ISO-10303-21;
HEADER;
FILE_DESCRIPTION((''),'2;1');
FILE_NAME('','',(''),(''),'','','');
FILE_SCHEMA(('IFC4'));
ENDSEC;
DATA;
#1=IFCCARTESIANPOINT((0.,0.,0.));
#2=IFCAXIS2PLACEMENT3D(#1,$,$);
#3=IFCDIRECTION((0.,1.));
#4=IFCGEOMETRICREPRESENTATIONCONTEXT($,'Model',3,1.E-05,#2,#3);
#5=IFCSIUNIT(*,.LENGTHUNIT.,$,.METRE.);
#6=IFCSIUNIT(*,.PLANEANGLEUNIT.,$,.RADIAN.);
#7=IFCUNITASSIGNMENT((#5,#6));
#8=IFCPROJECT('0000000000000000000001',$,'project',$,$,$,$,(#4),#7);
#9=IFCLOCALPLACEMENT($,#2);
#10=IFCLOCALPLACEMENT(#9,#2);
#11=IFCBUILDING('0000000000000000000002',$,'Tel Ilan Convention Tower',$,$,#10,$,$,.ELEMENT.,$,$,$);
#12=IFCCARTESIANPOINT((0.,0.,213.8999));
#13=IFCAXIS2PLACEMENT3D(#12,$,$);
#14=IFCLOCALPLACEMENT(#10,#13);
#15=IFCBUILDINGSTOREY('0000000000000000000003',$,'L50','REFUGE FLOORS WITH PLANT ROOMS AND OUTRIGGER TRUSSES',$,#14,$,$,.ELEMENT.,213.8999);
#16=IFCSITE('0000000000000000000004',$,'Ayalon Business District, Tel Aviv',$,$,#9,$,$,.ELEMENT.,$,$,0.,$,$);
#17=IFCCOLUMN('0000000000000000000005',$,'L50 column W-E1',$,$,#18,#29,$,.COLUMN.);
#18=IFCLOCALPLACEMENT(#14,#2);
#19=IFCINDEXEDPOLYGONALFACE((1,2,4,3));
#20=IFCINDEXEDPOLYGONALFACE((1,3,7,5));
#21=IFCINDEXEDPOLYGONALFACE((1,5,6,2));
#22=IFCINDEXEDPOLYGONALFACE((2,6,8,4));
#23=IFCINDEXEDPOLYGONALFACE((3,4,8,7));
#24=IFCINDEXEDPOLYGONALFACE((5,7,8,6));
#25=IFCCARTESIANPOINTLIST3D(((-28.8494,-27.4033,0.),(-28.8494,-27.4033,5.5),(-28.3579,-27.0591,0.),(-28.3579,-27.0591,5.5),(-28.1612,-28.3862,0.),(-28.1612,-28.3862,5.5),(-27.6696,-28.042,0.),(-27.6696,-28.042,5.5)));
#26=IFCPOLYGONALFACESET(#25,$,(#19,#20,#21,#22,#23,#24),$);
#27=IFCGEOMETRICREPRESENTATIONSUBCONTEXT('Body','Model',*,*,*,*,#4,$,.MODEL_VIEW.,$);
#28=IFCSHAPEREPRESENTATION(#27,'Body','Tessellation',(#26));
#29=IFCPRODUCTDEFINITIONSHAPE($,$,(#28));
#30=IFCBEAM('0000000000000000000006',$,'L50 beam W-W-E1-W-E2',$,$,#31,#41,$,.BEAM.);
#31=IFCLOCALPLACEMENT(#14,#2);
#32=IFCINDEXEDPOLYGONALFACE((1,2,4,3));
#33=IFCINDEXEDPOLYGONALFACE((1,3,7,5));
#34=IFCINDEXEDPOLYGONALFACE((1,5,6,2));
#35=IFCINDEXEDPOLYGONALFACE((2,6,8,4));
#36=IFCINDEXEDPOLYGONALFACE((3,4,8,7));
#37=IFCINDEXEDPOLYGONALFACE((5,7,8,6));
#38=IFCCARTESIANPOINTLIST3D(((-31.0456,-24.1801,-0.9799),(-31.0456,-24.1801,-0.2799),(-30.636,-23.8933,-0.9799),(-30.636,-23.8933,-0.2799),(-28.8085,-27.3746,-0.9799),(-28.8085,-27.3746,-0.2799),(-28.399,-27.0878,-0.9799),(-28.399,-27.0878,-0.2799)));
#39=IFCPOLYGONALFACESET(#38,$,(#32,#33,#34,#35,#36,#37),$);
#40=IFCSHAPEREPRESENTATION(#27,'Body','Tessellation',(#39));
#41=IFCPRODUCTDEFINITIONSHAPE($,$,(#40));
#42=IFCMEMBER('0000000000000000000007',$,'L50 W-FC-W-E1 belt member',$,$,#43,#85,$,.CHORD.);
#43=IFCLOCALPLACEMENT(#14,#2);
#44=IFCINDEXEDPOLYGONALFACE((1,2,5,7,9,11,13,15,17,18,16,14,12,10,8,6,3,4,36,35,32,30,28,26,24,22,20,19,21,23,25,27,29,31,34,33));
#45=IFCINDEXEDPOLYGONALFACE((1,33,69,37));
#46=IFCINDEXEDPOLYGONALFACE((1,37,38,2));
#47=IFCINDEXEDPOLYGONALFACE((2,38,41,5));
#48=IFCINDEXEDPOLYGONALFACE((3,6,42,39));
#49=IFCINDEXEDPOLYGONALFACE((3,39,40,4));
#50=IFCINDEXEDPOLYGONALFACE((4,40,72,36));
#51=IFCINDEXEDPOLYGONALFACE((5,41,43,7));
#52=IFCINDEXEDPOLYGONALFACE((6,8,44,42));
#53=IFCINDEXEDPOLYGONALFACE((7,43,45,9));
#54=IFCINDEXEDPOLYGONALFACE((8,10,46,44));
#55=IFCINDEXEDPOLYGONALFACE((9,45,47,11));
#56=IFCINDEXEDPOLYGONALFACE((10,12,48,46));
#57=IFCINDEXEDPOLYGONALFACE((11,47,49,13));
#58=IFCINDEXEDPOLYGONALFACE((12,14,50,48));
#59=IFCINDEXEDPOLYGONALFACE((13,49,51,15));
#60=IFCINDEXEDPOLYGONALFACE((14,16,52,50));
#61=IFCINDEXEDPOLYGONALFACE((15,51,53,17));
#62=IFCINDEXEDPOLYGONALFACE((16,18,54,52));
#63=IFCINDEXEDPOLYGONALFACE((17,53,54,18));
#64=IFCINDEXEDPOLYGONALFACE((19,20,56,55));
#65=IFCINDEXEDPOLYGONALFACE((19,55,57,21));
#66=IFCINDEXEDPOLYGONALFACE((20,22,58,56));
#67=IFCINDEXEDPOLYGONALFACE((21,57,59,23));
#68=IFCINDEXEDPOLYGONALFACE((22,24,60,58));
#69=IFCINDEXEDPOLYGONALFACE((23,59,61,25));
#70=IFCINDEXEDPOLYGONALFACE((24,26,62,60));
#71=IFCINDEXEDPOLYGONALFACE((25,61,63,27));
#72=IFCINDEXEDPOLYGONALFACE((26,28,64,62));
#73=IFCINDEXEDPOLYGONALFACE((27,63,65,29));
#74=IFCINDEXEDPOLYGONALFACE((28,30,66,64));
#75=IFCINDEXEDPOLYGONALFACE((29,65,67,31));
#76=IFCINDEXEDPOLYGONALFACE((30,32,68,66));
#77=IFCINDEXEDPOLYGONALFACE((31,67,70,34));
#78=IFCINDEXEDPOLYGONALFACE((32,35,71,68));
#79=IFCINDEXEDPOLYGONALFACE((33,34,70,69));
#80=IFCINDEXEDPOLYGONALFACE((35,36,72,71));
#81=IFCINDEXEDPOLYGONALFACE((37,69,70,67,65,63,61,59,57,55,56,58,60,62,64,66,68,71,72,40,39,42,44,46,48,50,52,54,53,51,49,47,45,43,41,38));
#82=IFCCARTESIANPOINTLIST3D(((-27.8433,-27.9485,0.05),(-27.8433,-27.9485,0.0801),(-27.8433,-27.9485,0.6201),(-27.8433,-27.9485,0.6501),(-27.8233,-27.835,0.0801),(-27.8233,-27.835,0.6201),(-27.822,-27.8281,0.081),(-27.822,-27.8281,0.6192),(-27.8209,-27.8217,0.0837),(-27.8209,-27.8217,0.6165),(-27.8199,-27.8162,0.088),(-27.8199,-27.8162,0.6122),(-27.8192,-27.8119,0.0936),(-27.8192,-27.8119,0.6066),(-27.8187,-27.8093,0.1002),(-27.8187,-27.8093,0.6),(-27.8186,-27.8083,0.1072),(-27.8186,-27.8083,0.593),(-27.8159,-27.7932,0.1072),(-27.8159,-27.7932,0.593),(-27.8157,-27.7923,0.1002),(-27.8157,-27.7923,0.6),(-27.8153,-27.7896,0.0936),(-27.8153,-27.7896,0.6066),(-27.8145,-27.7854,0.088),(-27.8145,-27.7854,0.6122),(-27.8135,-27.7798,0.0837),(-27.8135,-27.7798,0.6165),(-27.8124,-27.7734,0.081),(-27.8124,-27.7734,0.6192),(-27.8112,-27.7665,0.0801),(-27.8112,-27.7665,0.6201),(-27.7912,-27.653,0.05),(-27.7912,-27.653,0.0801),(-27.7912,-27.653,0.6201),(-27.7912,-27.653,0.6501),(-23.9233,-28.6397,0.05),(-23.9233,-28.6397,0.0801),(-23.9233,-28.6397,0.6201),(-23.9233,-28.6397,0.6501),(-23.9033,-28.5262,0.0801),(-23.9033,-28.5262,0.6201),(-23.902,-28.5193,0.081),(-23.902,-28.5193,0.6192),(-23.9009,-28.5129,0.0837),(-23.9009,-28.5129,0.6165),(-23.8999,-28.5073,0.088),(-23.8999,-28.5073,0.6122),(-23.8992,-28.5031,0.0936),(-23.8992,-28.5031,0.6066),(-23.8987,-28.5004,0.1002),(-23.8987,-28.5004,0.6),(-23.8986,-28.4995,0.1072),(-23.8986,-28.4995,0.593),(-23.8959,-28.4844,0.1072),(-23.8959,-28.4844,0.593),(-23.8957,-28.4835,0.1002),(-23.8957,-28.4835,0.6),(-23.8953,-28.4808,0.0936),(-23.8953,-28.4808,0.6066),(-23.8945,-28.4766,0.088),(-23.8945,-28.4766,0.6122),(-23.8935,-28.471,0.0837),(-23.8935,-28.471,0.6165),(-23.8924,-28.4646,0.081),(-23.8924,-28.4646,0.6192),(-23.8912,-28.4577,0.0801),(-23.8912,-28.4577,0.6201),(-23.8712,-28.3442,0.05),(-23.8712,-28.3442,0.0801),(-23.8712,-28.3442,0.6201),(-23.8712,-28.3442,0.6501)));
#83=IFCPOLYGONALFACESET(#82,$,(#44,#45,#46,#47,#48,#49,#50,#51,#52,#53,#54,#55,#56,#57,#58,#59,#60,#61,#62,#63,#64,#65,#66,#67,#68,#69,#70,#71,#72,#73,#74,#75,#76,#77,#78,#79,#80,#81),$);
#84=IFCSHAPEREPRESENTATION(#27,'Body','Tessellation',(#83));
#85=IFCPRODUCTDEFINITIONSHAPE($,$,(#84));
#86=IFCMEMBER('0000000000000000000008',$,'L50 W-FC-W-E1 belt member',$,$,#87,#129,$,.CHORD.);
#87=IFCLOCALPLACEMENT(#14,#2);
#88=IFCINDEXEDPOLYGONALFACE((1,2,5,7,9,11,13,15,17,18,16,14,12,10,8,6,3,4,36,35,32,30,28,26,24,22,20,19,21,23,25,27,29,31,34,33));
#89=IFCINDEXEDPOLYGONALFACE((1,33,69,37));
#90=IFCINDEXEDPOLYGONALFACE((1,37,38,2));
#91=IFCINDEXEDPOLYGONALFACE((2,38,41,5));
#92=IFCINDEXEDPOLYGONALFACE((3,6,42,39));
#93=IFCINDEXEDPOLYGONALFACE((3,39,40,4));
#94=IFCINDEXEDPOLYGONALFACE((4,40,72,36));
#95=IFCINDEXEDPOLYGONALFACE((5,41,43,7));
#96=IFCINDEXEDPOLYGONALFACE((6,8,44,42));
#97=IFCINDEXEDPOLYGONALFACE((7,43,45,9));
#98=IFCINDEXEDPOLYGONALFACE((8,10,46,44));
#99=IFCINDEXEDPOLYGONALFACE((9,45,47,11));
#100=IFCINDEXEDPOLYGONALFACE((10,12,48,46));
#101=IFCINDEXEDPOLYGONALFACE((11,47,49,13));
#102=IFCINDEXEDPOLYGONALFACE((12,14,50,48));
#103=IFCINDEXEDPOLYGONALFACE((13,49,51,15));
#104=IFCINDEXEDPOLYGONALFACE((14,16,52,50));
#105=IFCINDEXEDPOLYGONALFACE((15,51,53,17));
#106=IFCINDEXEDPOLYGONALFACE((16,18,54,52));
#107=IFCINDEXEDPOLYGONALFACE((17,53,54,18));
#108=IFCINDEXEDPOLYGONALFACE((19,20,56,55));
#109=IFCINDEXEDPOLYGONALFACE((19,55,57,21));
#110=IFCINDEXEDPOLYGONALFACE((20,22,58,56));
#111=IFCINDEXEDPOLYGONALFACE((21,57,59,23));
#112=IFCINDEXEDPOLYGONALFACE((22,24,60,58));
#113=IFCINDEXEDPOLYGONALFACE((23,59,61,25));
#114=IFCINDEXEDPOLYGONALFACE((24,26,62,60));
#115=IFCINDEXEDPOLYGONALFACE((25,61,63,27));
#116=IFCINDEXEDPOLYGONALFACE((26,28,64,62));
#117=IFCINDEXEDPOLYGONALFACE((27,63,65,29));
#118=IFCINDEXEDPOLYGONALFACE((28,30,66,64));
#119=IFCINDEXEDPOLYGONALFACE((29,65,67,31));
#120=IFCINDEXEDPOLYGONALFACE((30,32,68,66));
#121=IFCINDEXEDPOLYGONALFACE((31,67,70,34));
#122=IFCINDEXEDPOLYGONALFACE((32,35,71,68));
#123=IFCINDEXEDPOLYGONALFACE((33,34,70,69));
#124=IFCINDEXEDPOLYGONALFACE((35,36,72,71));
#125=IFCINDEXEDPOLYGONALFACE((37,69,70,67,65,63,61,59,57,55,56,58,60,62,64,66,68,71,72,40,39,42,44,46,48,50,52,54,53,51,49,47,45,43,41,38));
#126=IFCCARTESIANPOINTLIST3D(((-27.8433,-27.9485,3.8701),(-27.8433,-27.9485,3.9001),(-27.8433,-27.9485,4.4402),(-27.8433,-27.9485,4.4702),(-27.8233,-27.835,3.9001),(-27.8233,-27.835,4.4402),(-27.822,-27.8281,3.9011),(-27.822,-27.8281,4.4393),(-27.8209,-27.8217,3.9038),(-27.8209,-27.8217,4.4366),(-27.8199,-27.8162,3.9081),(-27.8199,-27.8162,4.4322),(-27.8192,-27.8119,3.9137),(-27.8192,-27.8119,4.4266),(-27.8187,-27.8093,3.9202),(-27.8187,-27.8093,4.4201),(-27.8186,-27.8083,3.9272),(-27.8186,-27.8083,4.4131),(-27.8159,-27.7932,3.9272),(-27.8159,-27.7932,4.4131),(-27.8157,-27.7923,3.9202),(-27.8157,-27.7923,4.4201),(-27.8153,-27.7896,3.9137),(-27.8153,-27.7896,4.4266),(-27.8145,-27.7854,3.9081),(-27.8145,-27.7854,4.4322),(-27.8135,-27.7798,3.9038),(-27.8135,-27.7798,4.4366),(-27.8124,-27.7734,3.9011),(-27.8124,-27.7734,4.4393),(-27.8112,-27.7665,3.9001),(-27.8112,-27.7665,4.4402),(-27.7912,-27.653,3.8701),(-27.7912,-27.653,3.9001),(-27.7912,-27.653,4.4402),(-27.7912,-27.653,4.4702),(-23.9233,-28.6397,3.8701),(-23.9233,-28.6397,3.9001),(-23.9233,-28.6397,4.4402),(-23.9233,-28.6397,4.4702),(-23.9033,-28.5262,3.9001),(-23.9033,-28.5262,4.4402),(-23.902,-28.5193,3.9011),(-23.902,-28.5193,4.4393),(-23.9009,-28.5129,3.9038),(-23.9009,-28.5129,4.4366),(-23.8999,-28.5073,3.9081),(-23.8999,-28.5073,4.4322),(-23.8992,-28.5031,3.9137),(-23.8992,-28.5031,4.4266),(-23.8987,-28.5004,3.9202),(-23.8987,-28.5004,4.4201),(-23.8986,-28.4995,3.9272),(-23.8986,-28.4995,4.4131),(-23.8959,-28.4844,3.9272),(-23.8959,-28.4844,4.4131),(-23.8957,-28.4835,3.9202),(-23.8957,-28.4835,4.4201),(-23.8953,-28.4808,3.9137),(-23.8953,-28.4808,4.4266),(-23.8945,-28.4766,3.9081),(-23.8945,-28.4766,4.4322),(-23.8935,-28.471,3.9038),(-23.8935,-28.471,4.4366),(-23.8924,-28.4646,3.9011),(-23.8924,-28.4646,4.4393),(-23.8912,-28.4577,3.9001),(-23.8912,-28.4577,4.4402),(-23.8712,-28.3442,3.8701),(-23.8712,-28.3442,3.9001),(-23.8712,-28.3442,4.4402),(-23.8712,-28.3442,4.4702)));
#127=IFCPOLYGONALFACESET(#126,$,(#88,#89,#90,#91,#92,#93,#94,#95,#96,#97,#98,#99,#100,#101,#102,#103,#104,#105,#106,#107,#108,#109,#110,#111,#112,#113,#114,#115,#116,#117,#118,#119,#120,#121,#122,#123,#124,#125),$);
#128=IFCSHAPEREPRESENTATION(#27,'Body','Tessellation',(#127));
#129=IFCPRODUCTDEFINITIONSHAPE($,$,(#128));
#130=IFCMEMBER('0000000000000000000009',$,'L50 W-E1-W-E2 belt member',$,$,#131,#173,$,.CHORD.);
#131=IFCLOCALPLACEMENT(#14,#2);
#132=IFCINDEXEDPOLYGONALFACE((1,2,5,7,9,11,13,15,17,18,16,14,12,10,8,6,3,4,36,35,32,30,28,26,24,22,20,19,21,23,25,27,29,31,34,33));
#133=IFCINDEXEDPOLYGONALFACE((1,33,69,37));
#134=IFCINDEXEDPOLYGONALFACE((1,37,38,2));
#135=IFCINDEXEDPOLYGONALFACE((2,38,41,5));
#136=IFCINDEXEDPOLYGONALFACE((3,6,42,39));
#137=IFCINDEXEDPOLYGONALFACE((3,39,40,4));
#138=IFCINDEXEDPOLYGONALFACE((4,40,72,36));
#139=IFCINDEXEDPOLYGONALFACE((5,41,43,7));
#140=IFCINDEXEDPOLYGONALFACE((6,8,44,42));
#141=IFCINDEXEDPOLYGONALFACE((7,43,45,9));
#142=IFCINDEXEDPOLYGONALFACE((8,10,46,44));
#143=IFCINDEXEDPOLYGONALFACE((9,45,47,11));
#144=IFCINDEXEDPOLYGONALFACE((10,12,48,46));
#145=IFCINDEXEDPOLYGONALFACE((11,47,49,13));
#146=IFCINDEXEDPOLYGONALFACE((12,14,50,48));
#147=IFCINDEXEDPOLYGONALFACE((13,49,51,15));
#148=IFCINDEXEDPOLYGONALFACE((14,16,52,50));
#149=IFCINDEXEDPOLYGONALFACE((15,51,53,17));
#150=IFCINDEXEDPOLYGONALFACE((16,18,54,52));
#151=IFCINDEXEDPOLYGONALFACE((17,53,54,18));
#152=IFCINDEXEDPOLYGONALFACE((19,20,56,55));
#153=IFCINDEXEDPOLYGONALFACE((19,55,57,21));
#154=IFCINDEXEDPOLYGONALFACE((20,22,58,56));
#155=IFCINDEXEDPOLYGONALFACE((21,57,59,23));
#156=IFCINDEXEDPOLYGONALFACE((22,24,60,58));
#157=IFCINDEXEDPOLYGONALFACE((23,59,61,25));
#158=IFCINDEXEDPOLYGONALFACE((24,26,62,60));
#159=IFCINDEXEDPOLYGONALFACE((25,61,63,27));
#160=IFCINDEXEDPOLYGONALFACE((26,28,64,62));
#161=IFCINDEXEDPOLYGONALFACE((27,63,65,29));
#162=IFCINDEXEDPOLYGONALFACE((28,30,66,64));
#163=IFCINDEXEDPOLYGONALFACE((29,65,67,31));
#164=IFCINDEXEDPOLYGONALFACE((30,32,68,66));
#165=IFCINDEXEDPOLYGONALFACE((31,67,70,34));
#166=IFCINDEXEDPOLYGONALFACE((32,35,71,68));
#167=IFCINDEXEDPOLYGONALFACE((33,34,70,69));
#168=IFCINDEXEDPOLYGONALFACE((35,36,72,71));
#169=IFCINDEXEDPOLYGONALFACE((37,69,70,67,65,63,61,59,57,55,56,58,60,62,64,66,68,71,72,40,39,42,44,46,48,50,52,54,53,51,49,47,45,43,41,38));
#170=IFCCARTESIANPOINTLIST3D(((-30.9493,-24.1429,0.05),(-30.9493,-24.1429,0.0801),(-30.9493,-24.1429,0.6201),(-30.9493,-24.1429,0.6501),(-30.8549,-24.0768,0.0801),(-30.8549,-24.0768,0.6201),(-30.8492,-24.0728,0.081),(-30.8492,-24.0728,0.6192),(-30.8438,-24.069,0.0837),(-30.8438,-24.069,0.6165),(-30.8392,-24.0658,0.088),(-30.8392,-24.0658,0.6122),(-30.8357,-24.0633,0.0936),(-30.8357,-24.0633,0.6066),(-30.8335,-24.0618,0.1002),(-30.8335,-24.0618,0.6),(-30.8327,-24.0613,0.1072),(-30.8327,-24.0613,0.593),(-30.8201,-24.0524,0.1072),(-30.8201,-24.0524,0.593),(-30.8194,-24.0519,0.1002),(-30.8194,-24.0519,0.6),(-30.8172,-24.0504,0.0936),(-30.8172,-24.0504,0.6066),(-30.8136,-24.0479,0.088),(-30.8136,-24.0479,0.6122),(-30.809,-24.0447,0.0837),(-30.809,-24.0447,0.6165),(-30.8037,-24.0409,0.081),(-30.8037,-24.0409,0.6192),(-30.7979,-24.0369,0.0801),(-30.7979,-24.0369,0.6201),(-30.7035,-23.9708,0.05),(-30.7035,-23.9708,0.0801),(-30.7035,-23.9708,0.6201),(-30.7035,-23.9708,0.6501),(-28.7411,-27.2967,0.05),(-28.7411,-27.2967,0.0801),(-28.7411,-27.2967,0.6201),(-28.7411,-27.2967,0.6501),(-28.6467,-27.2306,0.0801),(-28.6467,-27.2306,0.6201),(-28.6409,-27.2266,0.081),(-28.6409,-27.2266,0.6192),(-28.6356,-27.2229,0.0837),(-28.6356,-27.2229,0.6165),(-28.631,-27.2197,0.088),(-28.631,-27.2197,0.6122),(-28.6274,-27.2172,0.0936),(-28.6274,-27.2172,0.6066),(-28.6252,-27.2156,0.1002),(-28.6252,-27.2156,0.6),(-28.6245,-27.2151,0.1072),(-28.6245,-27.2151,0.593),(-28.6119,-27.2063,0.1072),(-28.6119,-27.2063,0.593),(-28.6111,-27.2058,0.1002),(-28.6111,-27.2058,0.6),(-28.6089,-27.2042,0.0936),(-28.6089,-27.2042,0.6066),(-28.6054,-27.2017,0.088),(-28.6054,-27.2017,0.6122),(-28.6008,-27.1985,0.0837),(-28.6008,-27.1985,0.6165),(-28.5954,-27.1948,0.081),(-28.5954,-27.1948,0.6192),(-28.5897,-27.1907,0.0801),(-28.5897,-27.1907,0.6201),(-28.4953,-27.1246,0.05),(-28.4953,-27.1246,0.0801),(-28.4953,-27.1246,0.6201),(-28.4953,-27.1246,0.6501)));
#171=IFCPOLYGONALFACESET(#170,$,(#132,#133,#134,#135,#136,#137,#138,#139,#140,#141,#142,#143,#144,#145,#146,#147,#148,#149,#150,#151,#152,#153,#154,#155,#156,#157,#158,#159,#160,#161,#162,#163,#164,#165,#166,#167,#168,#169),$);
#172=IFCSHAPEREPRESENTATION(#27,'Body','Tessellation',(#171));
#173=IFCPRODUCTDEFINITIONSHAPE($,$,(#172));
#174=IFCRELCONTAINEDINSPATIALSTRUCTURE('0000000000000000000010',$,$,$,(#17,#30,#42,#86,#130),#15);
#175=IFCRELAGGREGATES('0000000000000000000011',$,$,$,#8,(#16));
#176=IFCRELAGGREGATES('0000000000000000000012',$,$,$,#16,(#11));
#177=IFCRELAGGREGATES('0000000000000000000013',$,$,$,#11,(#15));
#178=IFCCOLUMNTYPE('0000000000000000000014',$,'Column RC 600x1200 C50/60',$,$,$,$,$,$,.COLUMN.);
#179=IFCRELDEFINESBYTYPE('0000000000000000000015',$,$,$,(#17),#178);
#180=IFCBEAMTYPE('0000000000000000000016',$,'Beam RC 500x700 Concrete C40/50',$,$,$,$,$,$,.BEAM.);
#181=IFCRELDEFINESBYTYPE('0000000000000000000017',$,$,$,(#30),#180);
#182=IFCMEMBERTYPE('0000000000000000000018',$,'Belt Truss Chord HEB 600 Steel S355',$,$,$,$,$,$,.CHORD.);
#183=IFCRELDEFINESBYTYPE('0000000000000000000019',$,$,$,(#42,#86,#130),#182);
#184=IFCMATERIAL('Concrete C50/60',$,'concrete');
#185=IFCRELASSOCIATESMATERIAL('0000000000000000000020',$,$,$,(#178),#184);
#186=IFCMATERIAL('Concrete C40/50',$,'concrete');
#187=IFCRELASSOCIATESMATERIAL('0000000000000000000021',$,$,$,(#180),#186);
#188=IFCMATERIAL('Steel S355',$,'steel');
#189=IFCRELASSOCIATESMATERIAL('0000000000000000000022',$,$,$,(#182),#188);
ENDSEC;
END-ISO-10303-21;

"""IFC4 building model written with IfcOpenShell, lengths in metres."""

from ifc_helpers import new_model, si_unit, direction, frame, origin, origin_2d, place, context, subcontext, project, spatial, rectangle, i_section, extrude, material, material_profile, profile_set, type_object, element, save


model = new_model("IFC4")

# Units and contexts
model_context = context("Model", 3, precision=1e-05, world=origin(), true_north=direction((0.0, 1.0)))
body_context = subcontext(model_context, "Body", "Model", "MODEL_VIEW")
ifc_project = project(units=[si_unit("LENGTHUNIT", "METRE"), si_unit("PLANEANGLEUNIT", "RADIAN")], contexts=[model_context])

# Site, building, storey
site_placement = place(None, origin())
site = spatial("IfcSite", under=ifc_project, at=site_placement, Name="Ayalon Business District, Tel Aviv", CompositionType="ELEMENT", RefElevation=0.0)
building_placement = place(site_placement, origin())
building = spatial("IfcBuilding", under=site, at=building_placement, Name="Tel Ilan Convention Tower", CompositionType="ELEMENT")
storey_placement = place(building_placement, frame((0.0, 0.0, 213.8999)))
storey = spatial("IfcBuildingStorey", under=building, at=storey_placement, Name="L50", Description="REFUGE FLOORS WITH PLANT ROOMS AND OUTRIGGER TRUSSES", CompositionType="ELEMENT", Elevation=213.8999)

# Column
ifc_material_1 = material(Name="Concrete C50/60", Category="concrete")
ifc_material_profile_1 = material_profile(ifc_material_1, rectangle(XDim=1.2, YDim=0.6001, at=origin_2d()), Name="RC 600x1200")
ifc_profile_set_1 = profile_set([ifc_material_profile_1], Name="Concrete C50/60")
column_type = type_object("IfcColumnType", Name="Column RC 600x1200 C50/60", PredefinedType="COLUMN", material=ifc_profile_set_1)
column_placement = place(storey_placement, frame((-28.2595, -27.7227, 0.0), z_axis=(0.0, 0.0, 1.0), x_axis=(-0.573576, 0.819152, 0.0)))
element("IfcColumn", 1, at=column_placement, inside=storey, type_object=column_type, Name="L50 column W-E1", PredefinedType="COLUMN", context=body_context, shape_type="SweptSolid", body=[
    extrude(rectangle(XDim=1.2, YDim=0.6001, at=origin_2d()), origin(), (0.0, 0.0, 1.0), 5.5),
])

# Beam
ifc_material_2 = material(Name="Concrete C40/50", Category="concrete")
ifc_material_profile_2 = material_profile(ifc_material_2, rectangle(XDim=0.5, YDim=0.7, at=origin_2d()), Name="RC 500x700")
ifc_profile_set_2 = profile_set([ifc_material_profile_2], Name="Concrete C40/50")
beam_type = type_object("IfcBeamType", Name="Beam RC 500x700 Concrete C40/50", PredefinedType="BEAM", material=ifc_profile_set_2)
beam_placement = place(storey_placement, frame((-28.6038, -27.2312, -0.6299), z_axis=(-0.573609, 0.819129, 0.0), x_axis=(-0.819129, -0.573609, 0.0)))
element("IfcBeam", 2, at=beam_placement, inside=storey, type_object=beam_type, Name="L50 beam W-W-E1-W-E2", PredefinedType="BEAM", context=body_context, shape_type="SweptSolid", body=[
    extrude(rectangle(XDim=0.5, YDim=0.7, at=origin_2d()), origin(), (0.0, 0.0, 1.0), 3.8999),
])

# Members
ifc_material_3 = material(Name="Steel S355", Category="steel")
ifc_material_profile_3 = material_profile(ifc_material_3, i_section(OverallWidth=0.3, OverallDepth=0.6001, WebThickness=0.0154, FlangeThickness=0.03, FilletRadius=0.0271, at=origin_2d()), Name="HEB 600")
ifc_profile_set_3 = profile_set([ifc_material_profile_3], Name="Steel S355")
member_type_1 = type_object("IfcMemberType", Name="Belt Truss Chord HEB 600 Steel S355", PredefinedType="CHORD", material=ifc_profile_set_3)
for number, where, z_axis, x_axis, name in (
    (3, (-23.8972, -28.4919, 0.3501), (-0.984809, 0.173642, 0.0), (-0.173642, -0.984809, 0.0), "L50 W-FC-W-E1 belt member"),
    (4, (-23.8972, -28.4919, 4.1702), (-0.984809, 0.173642, 0.0), (-0.173642, -0.984809, 0.0), "L50 W-FC-W-E1 belt member"),
):
    element("IfcMember", number, at=place(storey_placement, frame(where, z_axis=z_axis, x_axis=x_axis)), inside=storey, type_object=member_type_1, Name=name, PredefinedType="CHORD", context=body_context, shape_type="SweptSolid", body=[
        extrude(i_section(OverallWidth=0.3, OverallDepth=0.6001, WebThickness=0.0154, FlangeThickness=0.03, FilletRadius=0.0271, at=origin_2d()), origin(), (0.0, 0.0, 1.0), 3.9805),
    ])
for number, where, z_axis, x_axis, name in (
    (5, (-28.6182, -27.2107, 0.3501), (-0.573564, 0.81916, 0.0), (-0.81916, -0.573564, 0.0), "L50 W-E1-W-E2 belt member"),
):
    element("IfcMember", number, at=place(storey_placement, frame(where, z_axis=z_axis, x_axis=x_axis)), inside=storey, type_object=member_type_1, Name=name, PredefinedType="CHORD", context=body_context, shape_type="SweptSolid", body=[
        extrude(i_section(OverallWidth=0.3, OverallDepth=0.6001, WebThickness=0.0154, FlangeThickness=0.03, FilletRadius=0.0271, at=origin_2d()), origin(), (0.0, 0.0, 1.0), 3.8501),
    ])

save(model, "model.ifc")
